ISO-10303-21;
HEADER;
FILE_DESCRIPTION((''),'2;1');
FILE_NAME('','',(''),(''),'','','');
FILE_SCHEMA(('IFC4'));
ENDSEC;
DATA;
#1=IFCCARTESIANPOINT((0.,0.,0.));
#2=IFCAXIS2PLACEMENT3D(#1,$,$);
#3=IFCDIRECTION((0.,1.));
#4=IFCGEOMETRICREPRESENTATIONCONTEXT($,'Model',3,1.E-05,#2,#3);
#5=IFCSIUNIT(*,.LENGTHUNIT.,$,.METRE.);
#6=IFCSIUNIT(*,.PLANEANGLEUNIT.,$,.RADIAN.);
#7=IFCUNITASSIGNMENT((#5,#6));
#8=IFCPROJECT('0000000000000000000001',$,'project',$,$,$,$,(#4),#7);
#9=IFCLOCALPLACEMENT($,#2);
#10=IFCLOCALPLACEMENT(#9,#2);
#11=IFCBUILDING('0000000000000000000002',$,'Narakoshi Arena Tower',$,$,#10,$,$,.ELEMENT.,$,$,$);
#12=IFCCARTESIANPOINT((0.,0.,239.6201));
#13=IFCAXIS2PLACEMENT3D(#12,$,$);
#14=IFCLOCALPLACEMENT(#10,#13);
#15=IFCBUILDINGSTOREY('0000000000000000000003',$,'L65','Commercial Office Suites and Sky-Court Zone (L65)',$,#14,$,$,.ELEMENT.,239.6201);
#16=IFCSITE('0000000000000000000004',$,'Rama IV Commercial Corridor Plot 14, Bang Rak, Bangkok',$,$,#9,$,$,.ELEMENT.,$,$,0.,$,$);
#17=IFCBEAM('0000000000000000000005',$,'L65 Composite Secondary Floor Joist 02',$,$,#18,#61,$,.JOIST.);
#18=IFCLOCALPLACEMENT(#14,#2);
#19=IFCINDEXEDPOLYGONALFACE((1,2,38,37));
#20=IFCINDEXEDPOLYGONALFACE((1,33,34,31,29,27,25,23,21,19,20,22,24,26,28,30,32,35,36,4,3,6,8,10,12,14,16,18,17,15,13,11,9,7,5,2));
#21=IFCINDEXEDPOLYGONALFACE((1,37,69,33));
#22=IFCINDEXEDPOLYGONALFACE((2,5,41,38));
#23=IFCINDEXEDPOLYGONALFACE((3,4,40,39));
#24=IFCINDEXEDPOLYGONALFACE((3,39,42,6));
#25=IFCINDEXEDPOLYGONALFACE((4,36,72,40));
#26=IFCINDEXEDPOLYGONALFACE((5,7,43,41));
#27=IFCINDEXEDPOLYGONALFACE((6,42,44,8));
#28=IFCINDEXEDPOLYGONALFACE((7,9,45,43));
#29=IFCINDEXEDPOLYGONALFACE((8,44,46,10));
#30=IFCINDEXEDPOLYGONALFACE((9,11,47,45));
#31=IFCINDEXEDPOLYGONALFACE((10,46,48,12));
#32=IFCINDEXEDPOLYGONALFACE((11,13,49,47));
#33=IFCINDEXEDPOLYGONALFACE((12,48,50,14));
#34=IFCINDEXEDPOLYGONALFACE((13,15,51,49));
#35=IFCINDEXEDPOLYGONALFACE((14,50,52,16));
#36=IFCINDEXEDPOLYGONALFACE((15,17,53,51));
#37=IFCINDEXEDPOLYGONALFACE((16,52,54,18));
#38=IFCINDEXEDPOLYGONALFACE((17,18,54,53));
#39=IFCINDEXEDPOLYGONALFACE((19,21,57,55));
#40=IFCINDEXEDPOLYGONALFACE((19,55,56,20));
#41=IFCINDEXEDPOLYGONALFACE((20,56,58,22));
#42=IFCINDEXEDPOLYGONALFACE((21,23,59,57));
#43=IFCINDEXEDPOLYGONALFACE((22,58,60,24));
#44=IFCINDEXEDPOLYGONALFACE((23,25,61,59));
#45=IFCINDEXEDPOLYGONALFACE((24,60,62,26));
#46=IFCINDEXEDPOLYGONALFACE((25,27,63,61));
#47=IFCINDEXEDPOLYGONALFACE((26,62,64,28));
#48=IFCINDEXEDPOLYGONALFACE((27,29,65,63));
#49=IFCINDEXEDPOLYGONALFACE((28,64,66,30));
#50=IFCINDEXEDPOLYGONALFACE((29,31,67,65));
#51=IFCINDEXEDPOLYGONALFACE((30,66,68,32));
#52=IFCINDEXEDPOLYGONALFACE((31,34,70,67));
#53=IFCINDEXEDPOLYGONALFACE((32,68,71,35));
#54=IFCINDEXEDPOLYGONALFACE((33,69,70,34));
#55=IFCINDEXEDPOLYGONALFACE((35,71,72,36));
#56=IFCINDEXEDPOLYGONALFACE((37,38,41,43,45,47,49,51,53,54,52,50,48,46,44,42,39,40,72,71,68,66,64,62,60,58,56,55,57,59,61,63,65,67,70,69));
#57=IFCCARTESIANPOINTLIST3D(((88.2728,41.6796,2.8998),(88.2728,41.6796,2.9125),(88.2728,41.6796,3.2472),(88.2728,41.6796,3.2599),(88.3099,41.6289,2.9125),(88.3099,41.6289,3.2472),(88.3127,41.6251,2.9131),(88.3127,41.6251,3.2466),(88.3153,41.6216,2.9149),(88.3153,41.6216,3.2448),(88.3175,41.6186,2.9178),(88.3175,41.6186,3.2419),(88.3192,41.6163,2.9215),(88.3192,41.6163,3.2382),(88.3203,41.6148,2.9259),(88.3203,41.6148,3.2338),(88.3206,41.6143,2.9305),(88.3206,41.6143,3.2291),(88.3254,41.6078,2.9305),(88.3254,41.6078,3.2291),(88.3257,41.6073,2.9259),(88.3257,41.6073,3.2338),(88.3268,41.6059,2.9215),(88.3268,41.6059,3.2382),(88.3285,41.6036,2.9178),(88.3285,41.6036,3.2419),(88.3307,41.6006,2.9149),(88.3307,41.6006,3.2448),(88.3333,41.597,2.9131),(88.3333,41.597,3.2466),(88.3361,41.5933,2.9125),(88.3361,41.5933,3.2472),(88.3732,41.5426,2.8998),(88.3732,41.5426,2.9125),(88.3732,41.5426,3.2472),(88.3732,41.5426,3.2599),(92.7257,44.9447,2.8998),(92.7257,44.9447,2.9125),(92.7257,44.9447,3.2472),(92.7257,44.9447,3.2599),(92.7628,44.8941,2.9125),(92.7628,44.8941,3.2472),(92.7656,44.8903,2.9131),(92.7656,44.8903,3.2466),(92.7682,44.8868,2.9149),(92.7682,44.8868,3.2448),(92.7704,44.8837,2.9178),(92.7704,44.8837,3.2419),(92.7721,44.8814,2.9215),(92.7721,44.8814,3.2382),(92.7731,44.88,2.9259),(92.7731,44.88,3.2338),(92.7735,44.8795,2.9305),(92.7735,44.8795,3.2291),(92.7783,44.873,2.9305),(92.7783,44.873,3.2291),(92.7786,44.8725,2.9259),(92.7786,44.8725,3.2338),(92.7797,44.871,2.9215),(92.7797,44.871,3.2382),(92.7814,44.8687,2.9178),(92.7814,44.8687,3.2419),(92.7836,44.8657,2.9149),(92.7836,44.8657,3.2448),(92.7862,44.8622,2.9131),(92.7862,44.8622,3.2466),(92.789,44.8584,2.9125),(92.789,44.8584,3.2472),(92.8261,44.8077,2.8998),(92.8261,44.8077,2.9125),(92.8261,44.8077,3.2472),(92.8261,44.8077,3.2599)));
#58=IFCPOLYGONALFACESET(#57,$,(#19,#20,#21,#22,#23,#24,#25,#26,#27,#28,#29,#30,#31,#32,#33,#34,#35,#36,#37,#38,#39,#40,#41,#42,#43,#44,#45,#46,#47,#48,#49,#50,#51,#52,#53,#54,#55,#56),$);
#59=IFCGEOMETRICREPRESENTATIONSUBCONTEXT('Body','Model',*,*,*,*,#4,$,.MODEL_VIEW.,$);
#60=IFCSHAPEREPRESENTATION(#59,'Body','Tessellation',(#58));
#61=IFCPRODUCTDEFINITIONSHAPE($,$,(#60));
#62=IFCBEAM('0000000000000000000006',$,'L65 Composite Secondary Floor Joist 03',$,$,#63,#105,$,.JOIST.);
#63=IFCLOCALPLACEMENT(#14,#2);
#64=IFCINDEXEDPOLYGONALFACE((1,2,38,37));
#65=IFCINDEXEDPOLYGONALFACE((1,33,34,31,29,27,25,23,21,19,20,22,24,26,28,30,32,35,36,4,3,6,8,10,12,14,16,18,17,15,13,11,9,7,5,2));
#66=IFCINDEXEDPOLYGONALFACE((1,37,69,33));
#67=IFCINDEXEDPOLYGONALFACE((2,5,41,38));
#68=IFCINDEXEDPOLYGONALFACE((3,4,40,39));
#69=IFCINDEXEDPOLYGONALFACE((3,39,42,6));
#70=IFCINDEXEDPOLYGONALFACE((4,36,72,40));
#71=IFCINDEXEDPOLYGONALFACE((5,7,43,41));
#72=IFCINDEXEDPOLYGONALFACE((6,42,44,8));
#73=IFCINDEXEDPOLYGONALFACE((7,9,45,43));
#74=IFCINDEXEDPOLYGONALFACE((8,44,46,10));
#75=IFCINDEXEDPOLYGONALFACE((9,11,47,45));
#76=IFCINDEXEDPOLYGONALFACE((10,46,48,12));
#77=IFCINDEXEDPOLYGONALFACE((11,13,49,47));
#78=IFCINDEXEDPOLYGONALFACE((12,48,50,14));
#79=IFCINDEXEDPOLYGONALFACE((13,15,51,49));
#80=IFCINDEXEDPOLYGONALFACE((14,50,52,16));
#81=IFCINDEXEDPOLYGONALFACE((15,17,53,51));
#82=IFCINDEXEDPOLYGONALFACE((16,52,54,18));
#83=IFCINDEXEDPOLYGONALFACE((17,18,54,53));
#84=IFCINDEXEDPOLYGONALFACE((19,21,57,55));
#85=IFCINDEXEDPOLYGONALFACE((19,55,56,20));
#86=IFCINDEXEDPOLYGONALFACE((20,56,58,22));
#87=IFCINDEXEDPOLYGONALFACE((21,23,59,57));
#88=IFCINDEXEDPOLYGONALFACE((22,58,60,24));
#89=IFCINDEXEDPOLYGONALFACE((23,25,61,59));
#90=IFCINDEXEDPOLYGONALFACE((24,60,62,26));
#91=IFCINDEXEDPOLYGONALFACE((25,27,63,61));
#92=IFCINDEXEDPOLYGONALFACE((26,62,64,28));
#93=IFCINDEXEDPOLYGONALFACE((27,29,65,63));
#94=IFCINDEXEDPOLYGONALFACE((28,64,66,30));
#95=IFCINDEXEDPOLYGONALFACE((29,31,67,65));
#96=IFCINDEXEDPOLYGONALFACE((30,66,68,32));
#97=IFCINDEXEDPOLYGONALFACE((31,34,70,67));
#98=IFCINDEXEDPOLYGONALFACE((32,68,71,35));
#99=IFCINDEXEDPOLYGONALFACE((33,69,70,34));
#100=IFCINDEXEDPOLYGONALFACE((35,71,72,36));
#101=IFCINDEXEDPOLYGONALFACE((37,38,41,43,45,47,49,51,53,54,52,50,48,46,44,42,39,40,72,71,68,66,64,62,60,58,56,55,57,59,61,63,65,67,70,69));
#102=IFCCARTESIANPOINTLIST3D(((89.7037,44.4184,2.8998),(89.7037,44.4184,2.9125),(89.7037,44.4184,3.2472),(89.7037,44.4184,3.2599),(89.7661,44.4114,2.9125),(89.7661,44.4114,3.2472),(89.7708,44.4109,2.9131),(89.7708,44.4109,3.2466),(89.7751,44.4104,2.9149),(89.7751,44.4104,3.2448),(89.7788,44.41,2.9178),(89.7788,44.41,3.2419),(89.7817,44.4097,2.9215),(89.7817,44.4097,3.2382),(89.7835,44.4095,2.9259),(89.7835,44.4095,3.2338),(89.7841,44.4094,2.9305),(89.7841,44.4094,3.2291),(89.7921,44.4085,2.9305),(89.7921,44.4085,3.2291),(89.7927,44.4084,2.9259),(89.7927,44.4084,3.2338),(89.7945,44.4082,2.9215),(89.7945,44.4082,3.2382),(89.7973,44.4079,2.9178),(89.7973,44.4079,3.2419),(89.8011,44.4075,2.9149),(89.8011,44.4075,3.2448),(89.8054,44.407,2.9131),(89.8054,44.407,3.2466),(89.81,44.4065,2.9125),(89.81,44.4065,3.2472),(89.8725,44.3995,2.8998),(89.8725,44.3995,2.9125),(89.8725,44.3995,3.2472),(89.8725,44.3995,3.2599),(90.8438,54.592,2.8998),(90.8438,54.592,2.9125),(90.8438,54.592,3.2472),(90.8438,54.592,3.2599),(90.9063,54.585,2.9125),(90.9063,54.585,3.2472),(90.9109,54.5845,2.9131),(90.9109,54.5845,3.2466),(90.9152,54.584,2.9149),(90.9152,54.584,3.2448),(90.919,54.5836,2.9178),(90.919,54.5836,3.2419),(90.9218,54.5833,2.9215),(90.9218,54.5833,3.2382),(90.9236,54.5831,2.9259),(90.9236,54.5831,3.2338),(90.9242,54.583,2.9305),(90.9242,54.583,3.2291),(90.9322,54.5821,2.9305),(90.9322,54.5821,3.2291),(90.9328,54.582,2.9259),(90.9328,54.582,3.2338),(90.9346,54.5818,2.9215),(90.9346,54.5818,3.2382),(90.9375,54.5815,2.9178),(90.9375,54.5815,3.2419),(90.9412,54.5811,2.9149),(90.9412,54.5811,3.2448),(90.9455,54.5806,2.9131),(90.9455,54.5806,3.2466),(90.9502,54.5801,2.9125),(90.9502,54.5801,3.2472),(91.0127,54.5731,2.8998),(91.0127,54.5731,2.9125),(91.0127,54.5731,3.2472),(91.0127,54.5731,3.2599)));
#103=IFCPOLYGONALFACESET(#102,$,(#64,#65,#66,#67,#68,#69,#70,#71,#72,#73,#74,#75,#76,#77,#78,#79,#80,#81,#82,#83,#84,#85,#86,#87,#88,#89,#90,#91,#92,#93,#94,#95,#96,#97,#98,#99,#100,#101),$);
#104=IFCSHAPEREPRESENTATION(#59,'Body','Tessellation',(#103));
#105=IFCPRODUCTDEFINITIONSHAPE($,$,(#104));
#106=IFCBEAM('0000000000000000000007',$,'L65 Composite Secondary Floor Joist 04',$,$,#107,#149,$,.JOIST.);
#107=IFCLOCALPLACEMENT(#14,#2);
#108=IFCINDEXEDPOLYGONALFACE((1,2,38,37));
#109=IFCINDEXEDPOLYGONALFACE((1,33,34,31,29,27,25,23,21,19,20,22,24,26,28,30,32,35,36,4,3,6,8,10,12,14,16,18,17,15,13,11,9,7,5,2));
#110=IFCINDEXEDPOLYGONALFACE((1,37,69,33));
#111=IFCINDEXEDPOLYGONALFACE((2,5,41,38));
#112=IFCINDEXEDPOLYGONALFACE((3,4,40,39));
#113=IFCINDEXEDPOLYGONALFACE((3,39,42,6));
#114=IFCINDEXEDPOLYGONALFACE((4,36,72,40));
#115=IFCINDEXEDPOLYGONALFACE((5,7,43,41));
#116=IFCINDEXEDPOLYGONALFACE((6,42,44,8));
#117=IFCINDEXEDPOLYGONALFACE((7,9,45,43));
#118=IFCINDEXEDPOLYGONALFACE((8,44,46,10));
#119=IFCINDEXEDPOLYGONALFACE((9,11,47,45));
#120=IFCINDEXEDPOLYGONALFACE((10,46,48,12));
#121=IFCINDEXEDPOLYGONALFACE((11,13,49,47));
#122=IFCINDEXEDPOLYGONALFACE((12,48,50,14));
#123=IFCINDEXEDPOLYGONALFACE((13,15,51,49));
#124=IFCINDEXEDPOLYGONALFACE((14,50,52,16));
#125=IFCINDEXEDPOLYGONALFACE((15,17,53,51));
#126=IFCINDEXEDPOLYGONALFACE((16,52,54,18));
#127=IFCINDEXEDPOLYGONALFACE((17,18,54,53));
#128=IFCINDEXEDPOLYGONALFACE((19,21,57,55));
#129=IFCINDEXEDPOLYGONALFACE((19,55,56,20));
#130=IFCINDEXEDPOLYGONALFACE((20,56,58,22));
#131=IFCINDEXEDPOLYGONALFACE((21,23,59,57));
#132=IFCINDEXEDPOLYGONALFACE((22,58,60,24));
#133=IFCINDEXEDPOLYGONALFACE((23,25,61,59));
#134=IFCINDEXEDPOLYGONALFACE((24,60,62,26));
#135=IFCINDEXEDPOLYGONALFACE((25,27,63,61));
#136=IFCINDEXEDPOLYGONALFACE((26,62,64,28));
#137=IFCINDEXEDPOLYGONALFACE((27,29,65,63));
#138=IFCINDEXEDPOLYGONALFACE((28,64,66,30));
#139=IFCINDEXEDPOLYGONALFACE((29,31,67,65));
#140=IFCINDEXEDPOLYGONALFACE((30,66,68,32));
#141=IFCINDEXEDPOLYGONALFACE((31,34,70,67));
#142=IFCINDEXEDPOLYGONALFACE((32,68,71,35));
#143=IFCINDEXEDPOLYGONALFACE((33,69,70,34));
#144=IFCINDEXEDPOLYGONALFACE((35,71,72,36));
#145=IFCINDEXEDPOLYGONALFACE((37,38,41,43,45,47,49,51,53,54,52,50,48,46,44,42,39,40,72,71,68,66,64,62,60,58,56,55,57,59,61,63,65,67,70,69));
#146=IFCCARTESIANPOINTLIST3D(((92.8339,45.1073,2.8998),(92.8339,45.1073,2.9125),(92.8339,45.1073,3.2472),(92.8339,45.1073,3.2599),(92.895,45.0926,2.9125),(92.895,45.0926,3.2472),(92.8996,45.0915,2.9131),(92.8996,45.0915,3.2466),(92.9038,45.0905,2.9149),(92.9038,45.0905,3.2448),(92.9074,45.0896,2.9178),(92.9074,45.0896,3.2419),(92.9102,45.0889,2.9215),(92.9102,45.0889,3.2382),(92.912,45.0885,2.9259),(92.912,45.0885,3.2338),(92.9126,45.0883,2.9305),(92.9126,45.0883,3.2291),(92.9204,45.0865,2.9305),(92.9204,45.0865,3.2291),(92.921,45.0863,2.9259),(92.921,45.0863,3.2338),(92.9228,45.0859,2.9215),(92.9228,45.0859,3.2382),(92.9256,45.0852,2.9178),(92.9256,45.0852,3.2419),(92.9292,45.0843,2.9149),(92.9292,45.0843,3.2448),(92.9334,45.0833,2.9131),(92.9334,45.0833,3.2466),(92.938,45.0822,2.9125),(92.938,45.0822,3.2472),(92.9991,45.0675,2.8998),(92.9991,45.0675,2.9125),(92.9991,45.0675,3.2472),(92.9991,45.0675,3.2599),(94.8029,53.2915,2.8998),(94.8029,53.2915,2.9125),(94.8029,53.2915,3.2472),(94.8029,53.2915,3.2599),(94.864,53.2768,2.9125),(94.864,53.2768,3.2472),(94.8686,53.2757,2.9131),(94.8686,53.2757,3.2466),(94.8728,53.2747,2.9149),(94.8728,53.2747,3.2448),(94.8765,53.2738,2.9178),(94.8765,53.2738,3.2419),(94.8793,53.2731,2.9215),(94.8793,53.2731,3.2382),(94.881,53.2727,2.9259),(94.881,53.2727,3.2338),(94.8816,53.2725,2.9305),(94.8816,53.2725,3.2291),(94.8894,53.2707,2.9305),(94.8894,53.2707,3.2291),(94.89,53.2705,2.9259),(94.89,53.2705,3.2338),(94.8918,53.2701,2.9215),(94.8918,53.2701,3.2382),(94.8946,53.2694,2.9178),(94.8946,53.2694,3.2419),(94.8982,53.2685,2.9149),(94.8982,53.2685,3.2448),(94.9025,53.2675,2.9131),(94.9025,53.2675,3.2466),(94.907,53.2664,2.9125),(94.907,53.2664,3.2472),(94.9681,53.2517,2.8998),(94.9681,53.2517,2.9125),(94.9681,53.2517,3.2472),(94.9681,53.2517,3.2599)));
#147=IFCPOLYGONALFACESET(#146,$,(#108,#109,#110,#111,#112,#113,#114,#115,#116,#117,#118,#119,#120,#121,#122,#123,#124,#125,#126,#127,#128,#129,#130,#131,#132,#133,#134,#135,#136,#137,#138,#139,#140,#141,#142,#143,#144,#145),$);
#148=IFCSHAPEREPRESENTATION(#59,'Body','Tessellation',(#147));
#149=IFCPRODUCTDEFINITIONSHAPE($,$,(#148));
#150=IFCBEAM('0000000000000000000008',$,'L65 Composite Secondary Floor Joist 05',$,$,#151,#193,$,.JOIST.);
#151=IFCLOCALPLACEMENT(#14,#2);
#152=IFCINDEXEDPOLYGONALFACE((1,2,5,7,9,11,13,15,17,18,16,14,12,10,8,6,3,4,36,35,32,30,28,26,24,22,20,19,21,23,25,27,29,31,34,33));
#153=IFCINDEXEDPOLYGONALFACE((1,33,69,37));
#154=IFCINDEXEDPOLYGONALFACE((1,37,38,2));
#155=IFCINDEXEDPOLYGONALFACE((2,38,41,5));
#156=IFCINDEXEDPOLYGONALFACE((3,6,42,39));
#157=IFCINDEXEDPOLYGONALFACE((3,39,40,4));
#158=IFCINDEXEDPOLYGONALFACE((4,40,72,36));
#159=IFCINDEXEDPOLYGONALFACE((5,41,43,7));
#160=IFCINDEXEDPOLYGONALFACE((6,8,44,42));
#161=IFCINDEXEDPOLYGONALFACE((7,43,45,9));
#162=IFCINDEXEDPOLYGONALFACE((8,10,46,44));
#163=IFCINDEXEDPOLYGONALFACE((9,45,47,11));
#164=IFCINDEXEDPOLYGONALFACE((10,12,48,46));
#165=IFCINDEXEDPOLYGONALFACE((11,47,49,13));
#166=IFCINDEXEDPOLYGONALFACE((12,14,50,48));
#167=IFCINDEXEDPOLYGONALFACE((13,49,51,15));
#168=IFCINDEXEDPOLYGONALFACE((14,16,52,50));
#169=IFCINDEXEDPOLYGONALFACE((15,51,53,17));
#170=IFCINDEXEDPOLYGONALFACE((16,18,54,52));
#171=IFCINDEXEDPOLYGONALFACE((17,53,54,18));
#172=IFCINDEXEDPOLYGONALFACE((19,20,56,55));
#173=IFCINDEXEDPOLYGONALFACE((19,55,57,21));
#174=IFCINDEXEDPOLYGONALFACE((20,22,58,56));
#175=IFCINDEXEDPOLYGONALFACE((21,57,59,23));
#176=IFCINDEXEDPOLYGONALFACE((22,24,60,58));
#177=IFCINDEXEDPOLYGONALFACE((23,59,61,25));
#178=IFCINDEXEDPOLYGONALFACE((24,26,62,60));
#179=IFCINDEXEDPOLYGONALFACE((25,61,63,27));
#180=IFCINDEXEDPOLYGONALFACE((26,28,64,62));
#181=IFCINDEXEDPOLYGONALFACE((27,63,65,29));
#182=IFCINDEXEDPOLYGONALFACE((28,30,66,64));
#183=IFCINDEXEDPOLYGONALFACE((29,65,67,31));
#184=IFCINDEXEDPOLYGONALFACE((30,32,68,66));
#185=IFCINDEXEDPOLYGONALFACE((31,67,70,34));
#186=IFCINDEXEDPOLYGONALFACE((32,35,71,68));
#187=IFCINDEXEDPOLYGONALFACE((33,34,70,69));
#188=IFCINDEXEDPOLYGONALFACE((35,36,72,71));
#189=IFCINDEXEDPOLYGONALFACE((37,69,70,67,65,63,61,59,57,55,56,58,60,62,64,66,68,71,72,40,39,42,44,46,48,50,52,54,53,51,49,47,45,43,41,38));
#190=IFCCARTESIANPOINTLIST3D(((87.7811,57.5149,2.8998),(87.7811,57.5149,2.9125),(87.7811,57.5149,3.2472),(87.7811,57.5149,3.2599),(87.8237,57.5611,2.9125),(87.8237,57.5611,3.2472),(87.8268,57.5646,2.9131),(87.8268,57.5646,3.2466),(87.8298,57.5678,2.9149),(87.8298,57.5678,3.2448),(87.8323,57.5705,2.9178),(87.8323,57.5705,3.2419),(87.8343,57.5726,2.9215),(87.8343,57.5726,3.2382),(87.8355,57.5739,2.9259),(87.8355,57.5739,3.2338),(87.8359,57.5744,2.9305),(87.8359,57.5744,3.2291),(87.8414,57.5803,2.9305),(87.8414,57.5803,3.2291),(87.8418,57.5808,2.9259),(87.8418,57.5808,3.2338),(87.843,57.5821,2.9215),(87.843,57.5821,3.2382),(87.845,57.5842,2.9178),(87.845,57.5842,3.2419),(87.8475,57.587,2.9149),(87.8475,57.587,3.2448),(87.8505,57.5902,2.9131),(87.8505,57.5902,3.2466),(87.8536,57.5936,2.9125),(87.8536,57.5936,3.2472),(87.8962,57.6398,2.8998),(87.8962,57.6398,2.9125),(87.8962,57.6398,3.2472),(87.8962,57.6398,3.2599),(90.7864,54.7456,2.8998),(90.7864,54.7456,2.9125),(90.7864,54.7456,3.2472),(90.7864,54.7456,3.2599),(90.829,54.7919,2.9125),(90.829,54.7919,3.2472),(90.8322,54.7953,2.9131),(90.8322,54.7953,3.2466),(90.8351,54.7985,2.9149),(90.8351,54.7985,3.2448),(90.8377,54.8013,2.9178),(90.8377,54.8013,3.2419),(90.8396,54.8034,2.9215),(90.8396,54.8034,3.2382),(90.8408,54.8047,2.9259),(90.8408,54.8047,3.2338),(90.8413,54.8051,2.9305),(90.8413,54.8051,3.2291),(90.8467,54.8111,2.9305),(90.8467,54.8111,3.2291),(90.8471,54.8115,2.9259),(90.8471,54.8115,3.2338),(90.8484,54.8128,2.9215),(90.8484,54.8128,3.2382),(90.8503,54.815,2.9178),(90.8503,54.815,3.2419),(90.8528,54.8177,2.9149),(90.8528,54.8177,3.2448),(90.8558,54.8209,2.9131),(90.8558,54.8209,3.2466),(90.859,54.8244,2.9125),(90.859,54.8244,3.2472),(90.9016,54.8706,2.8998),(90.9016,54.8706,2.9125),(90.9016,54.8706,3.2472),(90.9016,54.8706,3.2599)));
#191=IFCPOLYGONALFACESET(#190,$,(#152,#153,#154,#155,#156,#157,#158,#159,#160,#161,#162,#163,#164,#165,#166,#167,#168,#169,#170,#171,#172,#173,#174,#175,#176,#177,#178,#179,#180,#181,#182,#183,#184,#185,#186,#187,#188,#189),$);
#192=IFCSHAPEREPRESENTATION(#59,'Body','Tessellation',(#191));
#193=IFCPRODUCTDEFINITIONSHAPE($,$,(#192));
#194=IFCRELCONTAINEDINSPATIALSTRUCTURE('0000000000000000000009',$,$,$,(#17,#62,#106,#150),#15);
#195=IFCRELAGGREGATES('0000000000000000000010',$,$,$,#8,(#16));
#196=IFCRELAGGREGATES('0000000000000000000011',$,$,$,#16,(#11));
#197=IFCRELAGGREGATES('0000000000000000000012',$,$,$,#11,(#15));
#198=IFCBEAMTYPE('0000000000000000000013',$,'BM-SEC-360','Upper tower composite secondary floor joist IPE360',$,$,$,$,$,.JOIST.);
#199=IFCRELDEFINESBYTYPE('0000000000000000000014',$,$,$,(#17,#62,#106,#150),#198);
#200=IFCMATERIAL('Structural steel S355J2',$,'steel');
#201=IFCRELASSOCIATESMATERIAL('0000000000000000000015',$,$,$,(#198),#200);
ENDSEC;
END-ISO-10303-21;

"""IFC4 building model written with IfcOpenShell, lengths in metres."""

from ifc_helpers import new_model, si_unit, direction, frame, origin, origin_2d, place, context, subcontext, project, spatial, i_section, extrude, material, material_profile, profile_set, type_object, element, save


model = new_model("IFC4")

# Units and contexts
model_context = context("Model", 3, precision=1e-05, world=origin(), true_north=direction((0.0, 1.0)))
body_context = subcontext(model_context, "Body", "Model", "MODEL_VIEW")
ifc_project = project(units=[si_unit("LENGTHUNIT", "METRE"), si_unit("PLANEANGLEUNIT", "RADIAN")], contexts=[model_context])

# Site, building, storey
site_placement = place(None, origin())
site = spatial("IfcSite", under=ifc_project, at=site_placement, Name="Rama IV Commercial Corridor Plot 14, Bang Rak, Bangkok", CompositionType="ELEMENT", RefElevation=0.0)
building_placement = place(site_placement, origin())
building = spatial("IfcBuilding", under=site, at=building_placement, Name="Narakoshi Arena Tower", CompositionType="ELEMENT")
storey_placement = place(building_placement, frame((0.0, 0.0, 239.6201)))
storey = spatial("IfcBuildingStorey", under=building, at=storey_placement, Name="L65", Description="Commercial Office Suites and Sky-Court Zone (L65)", CompositionType="ELEMENT", Elevation=239.6201)

# Beams
ifc_material_1 = material(Name="Structural steel S355J2", Category="steel")
ifc_material_profile_1 = material_profile(ifc_material_1, i_section(OverallWidth=0.1699, OverallDepth=0.3601, WebThickness=0.0081, FlangeThickness=0.0127, FilletRadius=0.0181, at=origin_2d()), Name="IPE360")
ifc_profile_set_1 = profile_set([ifc_material_profile_1], Name="Structural steel S355J2")
beam_type_1 = type_object("IfcBeamType", Name="BM-SEC-360", Description="Upper tower composite secondary floor joist IPE360", PredefinedType="JOIST", material=ifc_profile_set_1)
beam_1_placement = place(storey_placement, frame((88.323, 41.6111, 3.0798), z_axis=(0.806432, 0.591327, 0.0), x_axis=(-0.591327, 0.806432, 0.0)))
element("IfcBeam", 1, at=beam_1_placement, inside=storey, type_object=beam_type_1, Name="L65 Composite Secondary Floor Joist 02", PredefinedType="JOIST", context=body_context, shape_type="SweptSolid", body=[
    extrude(i_section(OverallWidth=0.1699, OverallDepth=0.3601, WebThickness=0.0081, FlangeThickness=0.0127, FilletRadius=0.0181, at=origin_2d()), origin(), (0.0, 0.0, 1.0), 5.5217),
])
beam_2_placement = place(storey_placement, frame((89.7881, 44.4089, 3.0798), z_axis=(0.111371, 0.993779, 0.0), x_axis=(-0.993779, 0.111371, 0.0)))
element("IfcBeam", 2, at=beam_2_placement, inside=storey, type_object=beam_type_1, Name="L65 Composite Secondary Floor Joist 03", PredefinedType="JOIST", context=body_context, shape_type="SweptSolid", body=[
    extrude(i_section(OverallWidth=0.1699, OverallDepth=0.3601, WebThickness=0.0081, FlangeThickness=0.0127, FilletRadius=0.0181, at=origin_2d()), origin(), (0.0, 0.0, 1.0), 10.2373),
])
beam_3_placement = place(storey_placement, frame((92.9165, 45.0874, 3.0798), z_axis=(0.233914, 0.972257, 0.0), x_axis=(-0.972257, 0.233914, 0.0)))
element("IfcBeam", 3, at=beam_3_placement, inside=storey, type_object=beam_type_1, Name="L65 Composite Secondary Floor Joist 04", PredefinedType="JOIST", context=body_context, shape_type="SweptSolid", body=[
    extrude(i_section(OverallWidth=0.1699, OverallDepth=0.3601, WebThickness=0.0081, FlangeThickness=0.0127, FilletRadius=0.0181, at=origin_2d()), origin(), (0.0, 0.0, 1.0), 8.4177),
])
beam_4_placement = place(storey_placement, frame((90.844, 54.8081, 3.0798), z_axis=(-0.735401, 0.677632, 0.0), x_axis=(-0.677632, -0.735401, 0.0)))
element("IfcBeam", 4, at=beam_4_placement, inside=storey, type_object=beam_type_1, Name="L65 Composite Secondary Floor Joist 05", PredefinedType="JOIST", context=body_context, shape_type="SweptSolid", body=[
    extrude(i_section(OverallWidth=0.1699, OverallDepth=0.3601, WebThickness=0.0081, FlangeThickness=0.0127, FilletRadius=0.0181, at=origin_2d()), origin(), (0.0, 0.0, 1.0), 4.0867),
])

save(model, "model.ifc")
